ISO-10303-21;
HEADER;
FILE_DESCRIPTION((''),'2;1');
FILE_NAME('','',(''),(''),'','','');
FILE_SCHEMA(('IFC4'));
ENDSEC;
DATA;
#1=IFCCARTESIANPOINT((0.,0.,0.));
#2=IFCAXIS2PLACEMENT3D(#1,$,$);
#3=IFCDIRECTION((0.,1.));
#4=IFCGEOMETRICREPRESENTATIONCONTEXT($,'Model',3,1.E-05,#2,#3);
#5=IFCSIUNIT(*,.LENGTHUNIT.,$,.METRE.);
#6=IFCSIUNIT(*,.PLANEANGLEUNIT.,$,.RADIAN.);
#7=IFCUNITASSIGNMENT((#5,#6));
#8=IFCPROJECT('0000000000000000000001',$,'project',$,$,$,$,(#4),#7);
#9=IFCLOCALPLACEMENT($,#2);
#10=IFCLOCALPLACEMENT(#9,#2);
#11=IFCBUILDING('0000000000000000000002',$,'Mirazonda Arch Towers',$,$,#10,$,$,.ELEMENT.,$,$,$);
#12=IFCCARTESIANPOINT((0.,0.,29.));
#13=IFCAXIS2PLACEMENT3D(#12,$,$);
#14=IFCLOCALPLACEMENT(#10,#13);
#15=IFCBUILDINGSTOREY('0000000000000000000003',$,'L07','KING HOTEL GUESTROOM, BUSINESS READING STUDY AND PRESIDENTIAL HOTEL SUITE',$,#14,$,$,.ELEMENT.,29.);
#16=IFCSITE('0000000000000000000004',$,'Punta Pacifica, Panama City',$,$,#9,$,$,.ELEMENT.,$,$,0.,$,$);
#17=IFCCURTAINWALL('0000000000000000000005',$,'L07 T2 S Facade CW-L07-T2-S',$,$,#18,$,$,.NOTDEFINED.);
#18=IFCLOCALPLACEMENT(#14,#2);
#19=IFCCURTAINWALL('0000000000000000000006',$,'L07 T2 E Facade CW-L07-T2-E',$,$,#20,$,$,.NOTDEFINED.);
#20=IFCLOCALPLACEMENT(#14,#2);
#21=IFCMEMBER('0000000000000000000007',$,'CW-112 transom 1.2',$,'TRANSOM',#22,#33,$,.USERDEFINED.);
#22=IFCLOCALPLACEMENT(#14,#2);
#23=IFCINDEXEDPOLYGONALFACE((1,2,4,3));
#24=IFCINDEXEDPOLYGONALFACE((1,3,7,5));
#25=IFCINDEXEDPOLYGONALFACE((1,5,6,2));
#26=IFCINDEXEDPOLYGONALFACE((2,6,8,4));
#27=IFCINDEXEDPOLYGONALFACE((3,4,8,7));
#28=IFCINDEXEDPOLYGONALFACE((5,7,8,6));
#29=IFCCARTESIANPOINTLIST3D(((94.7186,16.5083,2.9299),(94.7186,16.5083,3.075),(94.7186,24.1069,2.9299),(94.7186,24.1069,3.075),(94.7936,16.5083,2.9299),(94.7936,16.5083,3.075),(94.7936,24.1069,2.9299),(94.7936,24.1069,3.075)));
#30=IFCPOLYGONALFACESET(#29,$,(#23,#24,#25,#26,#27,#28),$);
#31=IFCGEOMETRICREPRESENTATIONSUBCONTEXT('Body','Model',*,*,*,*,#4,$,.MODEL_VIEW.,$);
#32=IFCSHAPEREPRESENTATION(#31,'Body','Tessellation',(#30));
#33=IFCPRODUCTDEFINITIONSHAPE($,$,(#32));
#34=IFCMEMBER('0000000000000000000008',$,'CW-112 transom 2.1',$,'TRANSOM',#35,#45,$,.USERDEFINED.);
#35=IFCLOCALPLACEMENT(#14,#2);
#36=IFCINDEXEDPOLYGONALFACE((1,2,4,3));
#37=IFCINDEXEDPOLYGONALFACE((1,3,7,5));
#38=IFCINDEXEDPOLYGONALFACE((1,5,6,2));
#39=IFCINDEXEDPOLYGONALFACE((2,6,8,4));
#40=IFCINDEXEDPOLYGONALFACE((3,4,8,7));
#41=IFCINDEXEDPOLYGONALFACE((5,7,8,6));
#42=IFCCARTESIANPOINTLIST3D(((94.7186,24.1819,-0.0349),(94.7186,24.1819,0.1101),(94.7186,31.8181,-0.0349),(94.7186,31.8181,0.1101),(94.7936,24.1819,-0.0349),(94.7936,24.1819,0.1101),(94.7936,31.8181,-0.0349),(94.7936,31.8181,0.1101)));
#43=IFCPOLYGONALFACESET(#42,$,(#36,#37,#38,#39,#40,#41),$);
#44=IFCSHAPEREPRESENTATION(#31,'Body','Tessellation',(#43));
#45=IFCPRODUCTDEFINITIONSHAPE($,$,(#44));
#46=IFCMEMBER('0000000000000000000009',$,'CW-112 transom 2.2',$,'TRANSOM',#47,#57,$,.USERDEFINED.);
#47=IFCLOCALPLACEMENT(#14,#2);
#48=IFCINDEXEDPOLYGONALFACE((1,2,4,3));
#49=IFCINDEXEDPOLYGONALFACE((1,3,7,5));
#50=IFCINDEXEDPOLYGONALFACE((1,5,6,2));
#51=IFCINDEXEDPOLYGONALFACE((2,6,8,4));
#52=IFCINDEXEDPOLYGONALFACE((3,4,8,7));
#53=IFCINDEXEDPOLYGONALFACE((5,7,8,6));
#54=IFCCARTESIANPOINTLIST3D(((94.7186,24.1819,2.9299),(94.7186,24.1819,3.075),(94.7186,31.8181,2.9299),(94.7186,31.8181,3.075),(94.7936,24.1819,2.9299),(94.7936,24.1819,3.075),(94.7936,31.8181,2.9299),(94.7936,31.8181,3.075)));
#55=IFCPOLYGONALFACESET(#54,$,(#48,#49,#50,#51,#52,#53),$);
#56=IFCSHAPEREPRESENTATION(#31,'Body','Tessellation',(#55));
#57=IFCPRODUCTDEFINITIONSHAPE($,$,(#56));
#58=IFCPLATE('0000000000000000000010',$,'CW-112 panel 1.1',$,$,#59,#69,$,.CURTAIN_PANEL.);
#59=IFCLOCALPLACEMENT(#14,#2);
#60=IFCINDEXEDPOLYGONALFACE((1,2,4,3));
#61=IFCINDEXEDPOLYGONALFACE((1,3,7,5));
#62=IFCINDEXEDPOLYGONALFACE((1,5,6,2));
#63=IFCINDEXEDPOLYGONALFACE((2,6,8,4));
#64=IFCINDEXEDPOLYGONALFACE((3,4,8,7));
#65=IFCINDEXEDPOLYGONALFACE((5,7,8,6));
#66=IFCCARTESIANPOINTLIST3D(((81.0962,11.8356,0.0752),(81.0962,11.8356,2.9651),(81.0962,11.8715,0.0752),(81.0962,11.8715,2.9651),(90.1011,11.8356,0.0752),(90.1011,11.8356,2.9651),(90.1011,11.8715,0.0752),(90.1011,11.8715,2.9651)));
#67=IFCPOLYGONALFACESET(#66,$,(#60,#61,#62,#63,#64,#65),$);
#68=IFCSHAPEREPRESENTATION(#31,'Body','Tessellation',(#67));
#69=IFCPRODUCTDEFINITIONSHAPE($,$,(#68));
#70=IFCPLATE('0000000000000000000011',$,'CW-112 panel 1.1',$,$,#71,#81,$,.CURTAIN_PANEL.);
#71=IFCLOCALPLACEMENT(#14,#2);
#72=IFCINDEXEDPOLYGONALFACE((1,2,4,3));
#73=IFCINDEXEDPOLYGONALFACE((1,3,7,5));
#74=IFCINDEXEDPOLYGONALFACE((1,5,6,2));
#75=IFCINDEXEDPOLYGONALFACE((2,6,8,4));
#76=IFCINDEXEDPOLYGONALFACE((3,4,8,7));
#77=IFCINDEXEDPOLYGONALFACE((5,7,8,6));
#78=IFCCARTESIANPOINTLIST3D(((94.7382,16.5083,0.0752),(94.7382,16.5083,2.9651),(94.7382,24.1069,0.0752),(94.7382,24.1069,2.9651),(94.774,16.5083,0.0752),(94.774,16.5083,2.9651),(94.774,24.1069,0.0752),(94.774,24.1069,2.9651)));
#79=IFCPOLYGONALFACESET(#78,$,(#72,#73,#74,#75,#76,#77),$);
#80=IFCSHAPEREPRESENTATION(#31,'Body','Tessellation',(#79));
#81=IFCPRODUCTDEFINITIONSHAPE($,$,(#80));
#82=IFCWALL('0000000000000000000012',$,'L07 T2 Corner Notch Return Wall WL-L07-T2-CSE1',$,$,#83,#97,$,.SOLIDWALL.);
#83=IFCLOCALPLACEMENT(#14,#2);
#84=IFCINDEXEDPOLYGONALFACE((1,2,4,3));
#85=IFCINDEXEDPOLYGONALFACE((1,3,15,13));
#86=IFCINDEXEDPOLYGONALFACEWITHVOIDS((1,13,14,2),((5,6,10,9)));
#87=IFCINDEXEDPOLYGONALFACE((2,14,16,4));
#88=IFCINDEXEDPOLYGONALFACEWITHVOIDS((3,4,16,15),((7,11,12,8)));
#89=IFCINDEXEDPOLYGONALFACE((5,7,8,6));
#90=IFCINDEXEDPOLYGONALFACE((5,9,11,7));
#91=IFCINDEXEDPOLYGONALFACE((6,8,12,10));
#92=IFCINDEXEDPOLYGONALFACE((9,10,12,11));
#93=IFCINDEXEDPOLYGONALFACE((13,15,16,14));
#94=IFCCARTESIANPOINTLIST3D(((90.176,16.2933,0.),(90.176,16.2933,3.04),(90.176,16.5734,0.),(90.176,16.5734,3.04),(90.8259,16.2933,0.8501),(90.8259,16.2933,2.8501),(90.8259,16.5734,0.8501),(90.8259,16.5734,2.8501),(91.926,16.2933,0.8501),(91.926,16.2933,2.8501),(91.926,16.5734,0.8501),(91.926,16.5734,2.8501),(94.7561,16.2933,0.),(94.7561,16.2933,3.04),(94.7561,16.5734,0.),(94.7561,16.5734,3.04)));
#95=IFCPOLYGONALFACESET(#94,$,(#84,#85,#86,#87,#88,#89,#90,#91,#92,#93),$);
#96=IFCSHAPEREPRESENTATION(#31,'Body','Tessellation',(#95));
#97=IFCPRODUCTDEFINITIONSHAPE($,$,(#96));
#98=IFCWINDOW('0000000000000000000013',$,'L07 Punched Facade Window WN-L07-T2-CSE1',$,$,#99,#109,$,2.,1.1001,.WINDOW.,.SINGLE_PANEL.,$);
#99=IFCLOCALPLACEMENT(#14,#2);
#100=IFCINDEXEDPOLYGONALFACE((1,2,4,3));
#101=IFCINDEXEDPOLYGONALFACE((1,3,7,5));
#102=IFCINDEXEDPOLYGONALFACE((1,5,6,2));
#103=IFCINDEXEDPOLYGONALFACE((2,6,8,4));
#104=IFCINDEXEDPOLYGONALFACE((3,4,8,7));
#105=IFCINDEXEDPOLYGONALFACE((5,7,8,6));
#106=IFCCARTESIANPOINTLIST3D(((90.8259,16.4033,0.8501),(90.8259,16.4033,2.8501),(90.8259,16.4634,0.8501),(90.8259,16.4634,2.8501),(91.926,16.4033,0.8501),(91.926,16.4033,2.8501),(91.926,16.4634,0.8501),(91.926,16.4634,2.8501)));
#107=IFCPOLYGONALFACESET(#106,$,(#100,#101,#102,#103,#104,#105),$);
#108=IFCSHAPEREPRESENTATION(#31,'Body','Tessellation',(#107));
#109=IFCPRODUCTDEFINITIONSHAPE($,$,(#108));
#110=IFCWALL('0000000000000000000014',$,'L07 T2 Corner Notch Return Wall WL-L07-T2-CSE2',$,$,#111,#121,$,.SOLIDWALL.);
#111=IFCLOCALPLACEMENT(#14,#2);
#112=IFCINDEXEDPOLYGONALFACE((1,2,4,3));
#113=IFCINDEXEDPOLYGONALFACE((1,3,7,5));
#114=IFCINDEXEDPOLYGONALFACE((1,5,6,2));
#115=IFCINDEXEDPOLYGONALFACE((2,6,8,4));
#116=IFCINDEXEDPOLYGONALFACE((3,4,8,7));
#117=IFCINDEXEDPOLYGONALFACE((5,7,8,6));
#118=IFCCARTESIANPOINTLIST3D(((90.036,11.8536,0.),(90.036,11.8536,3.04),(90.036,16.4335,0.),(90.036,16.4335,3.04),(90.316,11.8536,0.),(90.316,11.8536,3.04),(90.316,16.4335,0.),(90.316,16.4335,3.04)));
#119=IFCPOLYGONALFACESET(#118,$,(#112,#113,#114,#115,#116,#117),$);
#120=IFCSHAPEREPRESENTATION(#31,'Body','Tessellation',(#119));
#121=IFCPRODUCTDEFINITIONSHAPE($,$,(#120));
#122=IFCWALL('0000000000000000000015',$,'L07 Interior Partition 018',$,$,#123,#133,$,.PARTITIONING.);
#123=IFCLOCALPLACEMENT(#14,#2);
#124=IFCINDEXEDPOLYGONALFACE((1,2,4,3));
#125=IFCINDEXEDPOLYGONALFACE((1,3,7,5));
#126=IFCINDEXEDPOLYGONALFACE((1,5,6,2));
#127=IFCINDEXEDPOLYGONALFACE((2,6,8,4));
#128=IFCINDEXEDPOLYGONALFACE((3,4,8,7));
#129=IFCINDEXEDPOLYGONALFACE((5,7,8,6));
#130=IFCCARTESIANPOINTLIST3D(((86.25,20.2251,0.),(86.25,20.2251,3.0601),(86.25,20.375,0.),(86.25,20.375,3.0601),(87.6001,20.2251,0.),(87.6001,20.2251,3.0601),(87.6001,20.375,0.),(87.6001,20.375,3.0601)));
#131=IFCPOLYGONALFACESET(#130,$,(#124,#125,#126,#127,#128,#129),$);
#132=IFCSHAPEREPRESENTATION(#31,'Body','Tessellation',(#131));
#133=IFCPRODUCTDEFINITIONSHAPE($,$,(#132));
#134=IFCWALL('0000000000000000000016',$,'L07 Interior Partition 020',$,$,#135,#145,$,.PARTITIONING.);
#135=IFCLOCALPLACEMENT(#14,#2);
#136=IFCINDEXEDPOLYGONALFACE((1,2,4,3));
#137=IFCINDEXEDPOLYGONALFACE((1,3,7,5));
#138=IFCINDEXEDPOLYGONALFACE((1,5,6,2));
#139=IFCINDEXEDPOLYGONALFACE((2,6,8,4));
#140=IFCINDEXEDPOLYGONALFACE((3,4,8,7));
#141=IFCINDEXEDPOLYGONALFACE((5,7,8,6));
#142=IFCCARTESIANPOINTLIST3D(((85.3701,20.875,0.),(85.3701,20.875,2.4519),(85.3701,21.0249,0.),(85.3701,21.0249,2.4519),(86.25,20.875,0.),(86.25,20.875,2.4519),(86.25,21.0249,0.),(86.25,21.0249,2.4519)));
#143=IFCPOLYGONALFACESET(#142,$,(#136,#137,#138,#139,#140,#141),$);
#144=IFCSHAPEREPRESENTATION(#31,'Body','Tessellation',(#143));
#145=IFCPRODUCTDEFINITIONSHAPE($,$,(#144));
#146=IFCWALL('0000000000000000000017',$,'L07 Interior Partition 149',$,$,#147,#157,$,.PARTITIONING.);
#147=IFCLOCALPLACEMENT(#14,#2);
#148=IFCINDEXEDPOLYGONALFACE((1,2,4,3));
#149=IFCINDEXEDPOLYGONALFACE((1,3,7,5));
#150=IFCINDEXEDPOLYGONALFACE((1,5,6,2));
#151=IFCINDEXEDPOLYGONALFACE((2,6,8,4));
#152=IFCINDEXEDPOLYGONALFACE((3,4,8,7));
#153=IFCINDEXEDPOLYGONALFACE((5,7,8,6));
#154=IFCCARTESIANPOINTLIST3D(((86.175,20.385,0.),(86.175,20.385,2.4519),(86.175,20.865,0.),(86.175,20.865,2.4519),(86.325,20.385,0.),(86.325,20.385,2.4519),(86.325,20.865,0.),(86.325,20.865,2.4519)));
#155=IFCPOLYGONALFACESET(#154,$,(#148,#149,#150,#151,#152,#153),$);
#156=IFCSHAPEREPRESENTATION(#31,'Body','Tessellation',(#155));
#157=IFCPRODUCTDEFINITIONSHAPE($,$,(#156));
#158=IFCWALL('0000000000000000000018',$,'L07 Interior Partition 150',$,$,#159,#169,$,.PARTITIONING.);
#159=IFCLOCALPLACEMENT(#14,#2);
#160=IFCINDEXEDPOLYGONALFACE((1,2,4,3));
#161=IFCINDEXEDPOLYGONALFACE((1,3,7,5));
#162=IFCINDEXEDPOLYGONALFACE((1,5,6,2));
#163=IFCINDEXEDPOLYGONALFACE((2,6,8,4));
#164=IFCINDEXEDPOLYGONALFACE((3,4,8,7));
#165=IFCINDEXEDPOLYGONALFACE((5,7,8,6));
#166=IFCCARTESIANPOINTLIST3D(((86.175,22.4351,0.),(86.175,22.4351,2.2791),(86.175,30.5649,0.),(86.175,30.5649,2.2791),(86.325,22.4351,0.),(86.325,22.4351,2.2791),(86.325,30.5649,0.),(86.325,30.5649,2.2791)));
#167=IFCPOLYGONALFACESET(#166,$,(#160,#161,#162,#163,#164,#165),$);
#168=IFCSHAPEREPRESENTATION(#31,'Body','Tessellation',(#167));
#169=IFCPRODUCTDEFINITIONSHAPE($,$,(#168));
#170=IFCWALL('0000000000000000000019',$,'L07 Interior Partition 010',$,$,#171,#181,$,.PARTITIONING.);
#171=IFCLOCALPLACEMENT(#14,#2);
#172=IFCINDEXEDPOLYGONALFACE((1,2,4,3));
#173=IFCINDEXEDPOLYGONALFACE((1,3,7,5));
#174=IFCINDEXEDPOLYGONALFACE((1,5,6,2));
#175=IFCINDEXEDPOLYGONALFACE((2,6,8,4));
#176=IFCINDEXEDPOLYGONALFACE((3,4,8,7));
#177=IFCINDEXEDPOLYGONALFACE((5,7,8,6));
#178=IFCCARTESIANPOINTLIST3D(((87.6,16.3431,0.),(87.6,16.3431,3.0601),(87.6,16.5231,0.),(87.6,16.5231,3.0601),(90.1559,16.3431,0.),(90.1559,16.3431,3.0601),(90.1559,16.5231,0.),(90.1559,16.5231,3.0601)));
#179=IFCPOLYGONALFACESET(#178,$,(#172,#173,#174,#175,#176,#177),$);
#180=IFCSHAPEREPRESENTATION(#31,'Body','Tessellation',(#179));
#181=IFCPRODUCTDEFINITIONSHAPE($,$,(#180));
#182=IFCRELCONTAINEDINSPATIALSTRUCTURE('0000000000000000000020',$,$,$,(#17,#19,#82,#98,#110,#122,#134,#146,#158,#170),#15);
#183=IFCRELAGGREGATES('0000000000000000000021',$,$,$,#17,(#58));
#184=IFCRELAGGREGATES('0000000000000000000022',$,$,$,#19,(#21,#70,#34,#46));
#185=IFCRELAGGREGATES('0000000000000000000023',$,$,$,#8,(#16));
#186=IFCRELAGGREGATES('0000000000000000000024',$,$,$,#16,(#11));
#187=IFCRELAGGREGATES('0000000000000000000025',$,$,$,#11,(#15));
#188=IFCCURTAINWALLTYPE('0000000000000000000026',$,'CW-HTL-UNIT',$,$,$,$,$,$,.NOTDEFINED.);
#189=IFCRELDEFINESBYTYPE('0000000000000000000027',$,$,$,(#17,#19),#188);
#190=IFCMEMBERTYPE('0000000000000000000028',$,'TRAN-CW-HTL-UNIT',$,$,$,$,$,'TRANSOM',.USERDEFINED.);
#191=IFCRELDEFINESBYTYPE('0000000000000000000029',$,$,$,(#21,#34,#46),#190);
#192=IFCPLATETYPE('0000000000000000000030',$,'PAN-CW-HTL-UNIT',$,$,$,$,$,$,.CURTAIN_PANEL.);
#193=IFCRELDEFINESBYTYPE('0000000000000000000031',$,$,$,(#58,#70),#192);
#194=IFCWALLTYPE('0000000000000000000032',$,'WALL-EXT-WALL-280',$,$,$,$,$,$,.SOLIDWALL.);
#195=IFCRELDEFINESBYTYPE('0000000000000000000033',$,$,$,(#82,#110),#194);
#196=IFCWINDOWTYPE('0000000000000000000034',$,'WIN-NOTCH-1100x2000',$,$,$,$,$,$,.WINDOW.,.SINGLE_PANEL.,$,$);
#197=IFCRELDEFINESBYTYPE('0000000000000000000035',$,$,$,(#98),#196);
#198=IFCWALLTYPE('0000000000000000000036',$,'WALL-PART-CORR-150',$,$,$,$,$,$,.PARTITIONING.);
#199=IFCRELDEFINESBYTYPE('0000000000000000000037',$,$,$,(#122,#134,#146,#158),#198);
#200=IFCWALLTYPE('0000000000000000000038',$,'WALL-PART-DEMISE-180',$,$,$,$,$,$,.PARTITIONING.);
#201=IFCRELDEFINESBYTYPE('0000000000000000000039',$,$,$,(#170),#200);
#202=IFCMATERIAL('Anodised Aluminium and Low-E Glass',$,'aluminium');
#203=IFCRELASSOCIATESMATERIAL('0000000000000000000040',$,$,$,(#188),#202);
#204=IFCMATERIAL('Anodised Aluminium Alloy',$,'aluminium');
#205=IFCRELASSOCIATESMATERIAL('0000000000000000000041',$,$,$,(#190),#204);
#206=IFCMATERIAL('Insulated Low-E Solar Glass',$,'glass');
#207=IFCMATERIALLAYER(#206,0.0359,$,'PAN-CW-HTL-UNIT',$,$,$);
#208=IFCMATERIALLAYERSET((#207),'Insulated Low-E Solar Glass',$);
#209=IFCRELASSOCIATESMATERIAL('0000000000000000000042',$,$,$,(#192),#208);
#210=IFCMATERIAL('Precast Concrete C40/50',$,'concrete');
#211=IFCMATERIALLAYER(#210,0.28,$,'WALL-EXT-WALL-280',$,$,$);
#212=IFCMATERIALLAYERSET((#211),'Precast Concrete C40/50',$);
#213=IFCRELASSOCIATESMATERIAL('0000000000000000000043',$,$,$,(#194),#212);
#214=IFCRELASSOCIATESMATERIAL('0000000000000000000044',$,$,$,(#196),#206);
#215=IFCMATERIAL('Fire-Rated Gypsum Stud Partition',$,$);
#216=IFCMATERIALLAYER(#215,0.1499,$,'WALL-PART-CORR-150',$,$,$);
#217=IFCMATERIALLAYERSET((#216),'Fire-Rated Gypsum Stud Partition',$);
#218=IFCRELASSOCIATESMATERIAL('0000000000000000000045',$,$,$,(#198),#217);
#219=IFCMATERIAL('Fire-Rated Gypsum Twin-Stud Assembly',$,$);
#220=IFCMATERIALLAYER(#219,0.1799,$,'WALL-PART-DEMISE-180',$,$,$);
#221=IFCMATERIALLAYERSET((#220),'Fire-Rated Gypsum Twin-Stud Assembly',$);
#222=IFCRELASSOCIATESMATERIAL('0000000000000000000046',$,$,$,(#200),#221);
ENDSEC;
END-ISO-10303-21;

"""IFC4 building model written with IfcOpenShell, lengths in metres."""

from ifc_helpers import new_model, si_unit, direction, frame, frame_2d, origin, origin_2d, place, context, subcontext, project, spatial, rectangle, extrude, material, layer, layer_set, material_profile, profile_set, type_object, element, fill, aggregate, save


model = new_model("IFC4")

# Units and contexts
model_context = context("Model", 3, precision=1e-05, world=origin(), true_north=direction((0.0, 1.0)))
body_context = subcontext(model_context, "Body", "Model", "MODEL_VIEW")
ifc_project = project(units=[si_unit("LENGTHUNIT", "METRE"), si_unit("PLANEANGLEUNIT", "RADIAN")], contexts=[model_context])

# Site, building, storey
site_placement = place(None, origin())
site = spatial("IfcSite", under=ifc_project, at=site_placement, Name="Punta Pacifica, Panama City", CompositionType="ELEMENT", RefElevation=0.0)
building_placement = place(site_placement, origin())
building = spatial("IfcBuilding", under=site, at=building_placement, Name="Mirazonda Arch Towers", CompositionType="ELEMENT")
storey_placement = place(building_placement, frame((0.0, 0.0, 29.0)))
storey = spatial("IfcBuildingStorey", under=building, at=storey_placement, Name="L07", Description="KING HOTEL GUESTROOM, BUSINESS READING STUDY AND PRESIDENTIAL HOTEL SUITE", CompositionType="ELEMENT", Elevation=29.0)

# Curtain wall
ifc_material_1 = material(Name="Anodised Aluminium and Low-E Glass", Category="aluminium")
curtain_wall_type = type_object("IfcCurtainWallType", Name="CW-HTL-UNIT", PredefinedType="NOTDEFINED", material=ifc_material_1)
curtain_wall_1_placement = place(storey_placement, origin())
curtain_wall_1 = element("IfcCurtainWall", 1, at=curtain_wall_1_placement, inside=storey, type_object=curtain_wall_type, Name="L07 T2 S Facade CW-L07-T2-S", PredefinedType="NOTDEFINED")
ifc_material_2 = material(Name="Anodised Aluminium Alloy", Category="aluminium")

# Curtain wall
curtain_wall_2_placement = place(storey_placement, origin())
curtain_wall_2 = element("IfcCurtainWall", 2, at=curtain_wall_2_placement, inside=storey, type_object=curtain_wall_type, Name="L07 T2 E Facade CW-L07-T2-E", PredefinedType="NOTDEFINED")

# Members
ifc_material_profile_1 = material_profile(ifc_material_2, rectangle(XDim=0.075, YDim=0.145, at=origin_2d()), Name="ALU-TRAN-75x145")
ifc_profile_set_1 = profile_set([ifc_material_profile_1], Name="Anodised Aluminium Alloy")
member_type_1 = type_object("IfcMemberType", Name="TRAN-CW-HTL-UNIT", ElementType="TRANSOM", PredefinedType="USERDEFINED", material=ifc_profile_set_1)
member_1_placement = place(storey_placement, frame((94.7561, 16.5083, 3.0024), z_axis=(0.0, 1.0, 0.0), x_axis=(-1.0, 0.0, 0.0)))
member_1 = element("IfcMember", 3, at=member_1_placement, type_object=member_type_1, Name="CW-112 transom 1.2", ObjectType="TRANSOM", PredefinedType="USERDEFINED", context=body_context, shape_type="SweptSolid", body=[
    extrude(rectangle(XDim=0.075, YDim=0.145, at=origin_2d()), origin(), (0.0, 0.0, 1.0), 7.5986),
])
member_2_placement = place(storey_placement, frame((94.7561, 24.1819, 0.0376), z_axis=(0.0, 1.0, 0.0), x_axis=(-1.0, 0.0, 0.0)))
member_2 = element("IfcMember", 4, at=member_2_placement, type_object=member_type_1, Name="CW-112 transom 2.1", ObjectType="TRANSOM", PredefinedType="USERDEFINED", context=body_context, shape_type="SweptSolid", body=[
    extrude(rectangle(XDim=0.075, YDim=0.145, at=origin_2d()), origin(), (0.0, 0.0, 1.0), 7.6362),
])
member_3_placement = place(storey_placement, frame((94.7561, 24.1819, 3.0024), z_axis=(0.0, 1.0, 0.0), x_axis=(-1.0, 0.0, 0.0)))
member_3 = element("IfcMember", 5, at=member_3_placement, type_object=member_type_1, Name="CW-112 transom 2.2", ObjectType="TRANSOM", PredefinedType="USERDEFINED", context=body_context, shape_type="SweptSolid", body=[
    extrude(rectangle(XDim=0.075, YDim=0.145, at=origin_2d()), origin(), (0.0, 0.0, 1.0), 7.6362),
])

# Plates
ifc_material_3 = material(Name="Insulated Low-E Solar Glass", Category="glass")
ifc_layer_1 = layer(ifc_material_3, 0.0359, Name="PAN-CW-HTL-UNIT")
ifc_layer_set_1 = layer_set([ifc_layer_1], Name="Insulated Low-E Solar Glass")
plate_type = type_object("IfcPlateType", Name="PAN-CW-HTL-UNIT", PredefinedType="CURTAIN_PANEL", material=ifc_layer_set_1)
plate_1_placement = place(storey_placement, frame((85.5986, 11.8535, 0.0752), z_axis=(0.0, 0.0, 1.0), x_axis=(-1.0, 0.0, 0.0)))
plate_1 = element("IfcPlate", 6, at=plate_1_placement, type_object=plate_type, Name="CW-112 panel 1.1", PredefinedType="CURTAIN_PANEL", context=body_context, shape_type="SweptSolid", body=[
    extrude(rectangle(XDim=9.0049, YDim=0.0359, at=origin_2d()), origin(), (0.0, 0.0, 1.0), 2.8899),
])
aggregate(curtain_wall_1, [plate_1])
plate_2_placement = place(storey_placement, frame((94.7561, 20.3076, 0.0752), z_axis=(0.0, 0.0, 1.0), x_axis=(0.0, 1.0, 0.0)))
plate_2 = element("IfcPlate", 7, at=plate_2_placement, type_object=plate_type, Name="CW-112 panel 1.1", PredefinedType="CURTAIN_PANEL", context=body_context, shape_type="SweptSolid", body=[
    extrude(rectangle(XDim=7.5986, YDim=0.0359, at=origin_2d()), origin(), (0.0, 0.0, 1.0), 2.8899),
])
aggregate(curtain_wall_2, [member_1, plate_2, member_2, member_3])

# Wall, opening, window
ifc_material_4 = material(Name="Precast Concrete C40/50", Category="concrete")
ifc_layer_2 = layer(ifc_material_4, 0.28, Name="WALL-EXT-WALL-280")
ifc_layer_set_2 = layer_set([ifc_layer_2], Name="Precast Concrete C40/50")
wall_type_1 = type_object("IfcWallType", Name="WALL-EXT-WALL-280", PredefinedType="SOLIDWALL", material=ifc_layer_set_2)
wall_1_placement = place(storey_placement, frame((90.176, 16.4333, 0.0), z_axis=(0.0, 0.0, 1.0), x_axis=(1.0, 0.0, 0.0)))
wall_1 = element("IfcWall", 8, at=wall_1_placement, inside=storey, type_object=wall_type_1, Name="L07 T2 Corner Notch Return Wall WL-L07-T2-CSE1", PredefinedType="SOLIDWALL", context=body_context, shape_type="SweptSolid", body=[
    extrude(rectangle(XDim=4.5801, YDim=0.28, at=frame_2d((2.29, 0.0))), origin(), (0.0, 0.0, 1.0), 3.04),
])
opening_1_placement = place(wall_1_placement, frame((0.6499, 0.0, 0.8501)))
opening_1 = element("IfcOpeningElement", 9, at=opening_1_placement, cuts=wall_1, PredefinedType="OPENING", context=body_context, shape_type="SweptSolid", body=[
    extrude(rectangle(XDim=1.1001, YDim=2.0, at=frame_2d((0.55, 1.0))), frame((0.0, 0.1499, 0.0), z_axis=(0.0, -1.0, 0.0), x_axis=(1.0, 0.0, 0.0)), (0.0, 0.0, 1.0), 0.3),
])
window_type = type_object("IfcWindowType", Name="WIN-NOTCH-1100x2000", PartitioningType="SINGLE_PANEL", PredefinedType="WINDOW", material=ifc_material_3)
window_placement = place(opening_1_placement, origin())
window = element("IfcWindow", 10, at=window_placement, inside=storey, type_object=window_type, Name="L07 Punched Facade Window WN-L07-T2-CSE1", OverallHeight=2.0, OverallWidth=1.1001, PartitioningType="SINGLE_PANEL", PredefinedType="WINDOW", context=body_context, shape_type="SweptSolid", body=[
    extrude(rectangle(XDim=1.1001, YDim=2.0, at=frame_2d((0.55, 1.0))), frame((0.0, 0.03, 0.0), z_axis=(0.0, -1.0, 0.0), x_axis=(1.0, 0.0, 0.0)), (0.0, 0.0, 1.0), 0.0601),
])
fill(opening_1, window)

# Walls
wall_2_placement = place(storey_placement, frame((90.176, 11.8535, 0.0), z_axis=(0.0, 0.0, 1.0), x_axis=(0.0, 1.0, 0.0)))
element("IfcWall", 11, at=wall_2_placement, inside=storey, type_object=wall_type_1, Name="L07 T2 Corner Notch Return Wall WL-L07-T2-CSE2", PredefinedType="SOLIDWALL", context=body_context, shape_type="SweptSolid", body=[
    extrude(rectangle(XDim=4.5798, YDim=0.28, at=frame_2d((2.29, 0.0))), origin(), (0.0, 0.0, 1.0), 3.04),
])
ifc_material_5 = material(Name="Fire-Rated Gypsum Stud Partition")
ifc_layer_3 = layer(ifc_material_5, 0.1499, Name="WALL-PART-CORR-150")
ifc_layer_set_3 = layer_set([ifc_layer_3], Name="Fire-Rated Gypsum Stud Partition")
wall_type_2 = type_object("IfcWallType", Name="WALL-PART-CORR-150", PredefinedType="PARTITIONING", material=ifc_layer_set_3)
wall_3_placement = place(storey_placement, frame((86.25, 20.3, 0.0), z_axis=(0.0, 0.0, 1.0), x_axis=(1.0, 0.0, 0.0)))
element("IfcWall", 12, at=wall_3_placement, inside=storey, type_object=wall_type_2, Name="L07 Interior Partition 018", PredefinedType="PARTITIONING", context=body_context, shape_type="SweptSolid", body=[
    extrude(rectangle(XDim=1.3501, YDim=0.1499, at=frame_2d((0.675, 0.0))), origin(), (0.0, 0.0, 1.0), 3.0601),
])
wall_4_placement = place(storey_placement, frame((85.3701, 20.95, 0.0), z_axis=(0.0, 0.0, 1.0), x_axis=(1.0, 0.0, 0.0)))
element("IfcWall", 13, at=wall_4_placement, inside=storey, type_object=wall_type_2, Name="L07 Interior Partition 020", PredefinedType="PARTITIONING", context=body_context, shape_type="SweptSolid", body=[
    extrude(rectangle(XDim=0.8799, YDim=0.1499, at=frame_2d((0.4399, 0.0))), origin(), (0.0, 0.0, 1.0), 2.4519),
])
wall_5_placement = place(storey_placement, frame((86.25, 20.385, 0.0), z_axis=(0.0, 0.0, 1.0), x_axis=(0.0, 1.0, 0.0)))
element("IfcWall", 14, at=wall_5_placement, inside=storey, type_object=wall_type_2, Name="L07 Interior Partition 149", PredefinedType="PARTITIONING", context=body_context, shape_type="SweptSolid", body=[
    extrude(rectangle(XDim=0.48, YDim=0.1499, at=frame_2d((0.24, 0.0))), origin(), (0.0, 0.0, 1.0), 2.4519),
])
wall_6_placement = place(storey_placement, frame((86.25, 22.4351, 0.0), z_axis=(0.0, 0.0, 1.0), x_axis=(0.0, 1.0, 0.0)))
element("IfcWall", 15, at=wall_6_placement, inside=storey, type_object=wall_type_2, Name="L07 Interior Partition 150", PredefinedType="PARTITIONING", context=body_context, shape_type="SweptSolid", body=[
    extrude(rectangle(XDim=8.1299, YDim=0.1499, at=frame_2d((4.0649, 0.0))), origin(), (0.0, 0.0, 1.0), 2.2791),
])
ifc_material_6 = material(Name="Fire-Rated Gypsum Twin-Stud Assembly")
ifc_layer_4 = layer(ifc_material_6, 0.1799, Name="WALL-PART-DEMISE-180")
ifc_layer_set_4 = layer_set([ifc_layer_4], Name="Fire-Rated Gypsum Twin-Stud Assembly")
wall_type_3 = type_object("IfcWallType", Name="WALL-PART-DEMISE-180", PredefinedType="PARTITIONING", material=ifc_layer_set_4)
wall_7_placement = place(storey_placement, frame((87.6001, 16.4331, 0.0), z_axis=(0.0, 0.0, 1.0), x_axis=(1.0, 0.0, 0.0)))
element("IfcWall", 16, at=wall_7_placement, inside=storey, type_object=wall_type_3, Name="L07 Interior Partition 010", PredefinedType="PARTITIONING", context=body_context, shape_type="SweptSolid", body=[
    extrude(rectangle(XDim=2.5559, YDim=0.1799, at=frame_2d((1.2778, 0.0))), origin(), (0.0, 0.0, 1.0), 3.0601),
])

save(model, "model.ifc")
